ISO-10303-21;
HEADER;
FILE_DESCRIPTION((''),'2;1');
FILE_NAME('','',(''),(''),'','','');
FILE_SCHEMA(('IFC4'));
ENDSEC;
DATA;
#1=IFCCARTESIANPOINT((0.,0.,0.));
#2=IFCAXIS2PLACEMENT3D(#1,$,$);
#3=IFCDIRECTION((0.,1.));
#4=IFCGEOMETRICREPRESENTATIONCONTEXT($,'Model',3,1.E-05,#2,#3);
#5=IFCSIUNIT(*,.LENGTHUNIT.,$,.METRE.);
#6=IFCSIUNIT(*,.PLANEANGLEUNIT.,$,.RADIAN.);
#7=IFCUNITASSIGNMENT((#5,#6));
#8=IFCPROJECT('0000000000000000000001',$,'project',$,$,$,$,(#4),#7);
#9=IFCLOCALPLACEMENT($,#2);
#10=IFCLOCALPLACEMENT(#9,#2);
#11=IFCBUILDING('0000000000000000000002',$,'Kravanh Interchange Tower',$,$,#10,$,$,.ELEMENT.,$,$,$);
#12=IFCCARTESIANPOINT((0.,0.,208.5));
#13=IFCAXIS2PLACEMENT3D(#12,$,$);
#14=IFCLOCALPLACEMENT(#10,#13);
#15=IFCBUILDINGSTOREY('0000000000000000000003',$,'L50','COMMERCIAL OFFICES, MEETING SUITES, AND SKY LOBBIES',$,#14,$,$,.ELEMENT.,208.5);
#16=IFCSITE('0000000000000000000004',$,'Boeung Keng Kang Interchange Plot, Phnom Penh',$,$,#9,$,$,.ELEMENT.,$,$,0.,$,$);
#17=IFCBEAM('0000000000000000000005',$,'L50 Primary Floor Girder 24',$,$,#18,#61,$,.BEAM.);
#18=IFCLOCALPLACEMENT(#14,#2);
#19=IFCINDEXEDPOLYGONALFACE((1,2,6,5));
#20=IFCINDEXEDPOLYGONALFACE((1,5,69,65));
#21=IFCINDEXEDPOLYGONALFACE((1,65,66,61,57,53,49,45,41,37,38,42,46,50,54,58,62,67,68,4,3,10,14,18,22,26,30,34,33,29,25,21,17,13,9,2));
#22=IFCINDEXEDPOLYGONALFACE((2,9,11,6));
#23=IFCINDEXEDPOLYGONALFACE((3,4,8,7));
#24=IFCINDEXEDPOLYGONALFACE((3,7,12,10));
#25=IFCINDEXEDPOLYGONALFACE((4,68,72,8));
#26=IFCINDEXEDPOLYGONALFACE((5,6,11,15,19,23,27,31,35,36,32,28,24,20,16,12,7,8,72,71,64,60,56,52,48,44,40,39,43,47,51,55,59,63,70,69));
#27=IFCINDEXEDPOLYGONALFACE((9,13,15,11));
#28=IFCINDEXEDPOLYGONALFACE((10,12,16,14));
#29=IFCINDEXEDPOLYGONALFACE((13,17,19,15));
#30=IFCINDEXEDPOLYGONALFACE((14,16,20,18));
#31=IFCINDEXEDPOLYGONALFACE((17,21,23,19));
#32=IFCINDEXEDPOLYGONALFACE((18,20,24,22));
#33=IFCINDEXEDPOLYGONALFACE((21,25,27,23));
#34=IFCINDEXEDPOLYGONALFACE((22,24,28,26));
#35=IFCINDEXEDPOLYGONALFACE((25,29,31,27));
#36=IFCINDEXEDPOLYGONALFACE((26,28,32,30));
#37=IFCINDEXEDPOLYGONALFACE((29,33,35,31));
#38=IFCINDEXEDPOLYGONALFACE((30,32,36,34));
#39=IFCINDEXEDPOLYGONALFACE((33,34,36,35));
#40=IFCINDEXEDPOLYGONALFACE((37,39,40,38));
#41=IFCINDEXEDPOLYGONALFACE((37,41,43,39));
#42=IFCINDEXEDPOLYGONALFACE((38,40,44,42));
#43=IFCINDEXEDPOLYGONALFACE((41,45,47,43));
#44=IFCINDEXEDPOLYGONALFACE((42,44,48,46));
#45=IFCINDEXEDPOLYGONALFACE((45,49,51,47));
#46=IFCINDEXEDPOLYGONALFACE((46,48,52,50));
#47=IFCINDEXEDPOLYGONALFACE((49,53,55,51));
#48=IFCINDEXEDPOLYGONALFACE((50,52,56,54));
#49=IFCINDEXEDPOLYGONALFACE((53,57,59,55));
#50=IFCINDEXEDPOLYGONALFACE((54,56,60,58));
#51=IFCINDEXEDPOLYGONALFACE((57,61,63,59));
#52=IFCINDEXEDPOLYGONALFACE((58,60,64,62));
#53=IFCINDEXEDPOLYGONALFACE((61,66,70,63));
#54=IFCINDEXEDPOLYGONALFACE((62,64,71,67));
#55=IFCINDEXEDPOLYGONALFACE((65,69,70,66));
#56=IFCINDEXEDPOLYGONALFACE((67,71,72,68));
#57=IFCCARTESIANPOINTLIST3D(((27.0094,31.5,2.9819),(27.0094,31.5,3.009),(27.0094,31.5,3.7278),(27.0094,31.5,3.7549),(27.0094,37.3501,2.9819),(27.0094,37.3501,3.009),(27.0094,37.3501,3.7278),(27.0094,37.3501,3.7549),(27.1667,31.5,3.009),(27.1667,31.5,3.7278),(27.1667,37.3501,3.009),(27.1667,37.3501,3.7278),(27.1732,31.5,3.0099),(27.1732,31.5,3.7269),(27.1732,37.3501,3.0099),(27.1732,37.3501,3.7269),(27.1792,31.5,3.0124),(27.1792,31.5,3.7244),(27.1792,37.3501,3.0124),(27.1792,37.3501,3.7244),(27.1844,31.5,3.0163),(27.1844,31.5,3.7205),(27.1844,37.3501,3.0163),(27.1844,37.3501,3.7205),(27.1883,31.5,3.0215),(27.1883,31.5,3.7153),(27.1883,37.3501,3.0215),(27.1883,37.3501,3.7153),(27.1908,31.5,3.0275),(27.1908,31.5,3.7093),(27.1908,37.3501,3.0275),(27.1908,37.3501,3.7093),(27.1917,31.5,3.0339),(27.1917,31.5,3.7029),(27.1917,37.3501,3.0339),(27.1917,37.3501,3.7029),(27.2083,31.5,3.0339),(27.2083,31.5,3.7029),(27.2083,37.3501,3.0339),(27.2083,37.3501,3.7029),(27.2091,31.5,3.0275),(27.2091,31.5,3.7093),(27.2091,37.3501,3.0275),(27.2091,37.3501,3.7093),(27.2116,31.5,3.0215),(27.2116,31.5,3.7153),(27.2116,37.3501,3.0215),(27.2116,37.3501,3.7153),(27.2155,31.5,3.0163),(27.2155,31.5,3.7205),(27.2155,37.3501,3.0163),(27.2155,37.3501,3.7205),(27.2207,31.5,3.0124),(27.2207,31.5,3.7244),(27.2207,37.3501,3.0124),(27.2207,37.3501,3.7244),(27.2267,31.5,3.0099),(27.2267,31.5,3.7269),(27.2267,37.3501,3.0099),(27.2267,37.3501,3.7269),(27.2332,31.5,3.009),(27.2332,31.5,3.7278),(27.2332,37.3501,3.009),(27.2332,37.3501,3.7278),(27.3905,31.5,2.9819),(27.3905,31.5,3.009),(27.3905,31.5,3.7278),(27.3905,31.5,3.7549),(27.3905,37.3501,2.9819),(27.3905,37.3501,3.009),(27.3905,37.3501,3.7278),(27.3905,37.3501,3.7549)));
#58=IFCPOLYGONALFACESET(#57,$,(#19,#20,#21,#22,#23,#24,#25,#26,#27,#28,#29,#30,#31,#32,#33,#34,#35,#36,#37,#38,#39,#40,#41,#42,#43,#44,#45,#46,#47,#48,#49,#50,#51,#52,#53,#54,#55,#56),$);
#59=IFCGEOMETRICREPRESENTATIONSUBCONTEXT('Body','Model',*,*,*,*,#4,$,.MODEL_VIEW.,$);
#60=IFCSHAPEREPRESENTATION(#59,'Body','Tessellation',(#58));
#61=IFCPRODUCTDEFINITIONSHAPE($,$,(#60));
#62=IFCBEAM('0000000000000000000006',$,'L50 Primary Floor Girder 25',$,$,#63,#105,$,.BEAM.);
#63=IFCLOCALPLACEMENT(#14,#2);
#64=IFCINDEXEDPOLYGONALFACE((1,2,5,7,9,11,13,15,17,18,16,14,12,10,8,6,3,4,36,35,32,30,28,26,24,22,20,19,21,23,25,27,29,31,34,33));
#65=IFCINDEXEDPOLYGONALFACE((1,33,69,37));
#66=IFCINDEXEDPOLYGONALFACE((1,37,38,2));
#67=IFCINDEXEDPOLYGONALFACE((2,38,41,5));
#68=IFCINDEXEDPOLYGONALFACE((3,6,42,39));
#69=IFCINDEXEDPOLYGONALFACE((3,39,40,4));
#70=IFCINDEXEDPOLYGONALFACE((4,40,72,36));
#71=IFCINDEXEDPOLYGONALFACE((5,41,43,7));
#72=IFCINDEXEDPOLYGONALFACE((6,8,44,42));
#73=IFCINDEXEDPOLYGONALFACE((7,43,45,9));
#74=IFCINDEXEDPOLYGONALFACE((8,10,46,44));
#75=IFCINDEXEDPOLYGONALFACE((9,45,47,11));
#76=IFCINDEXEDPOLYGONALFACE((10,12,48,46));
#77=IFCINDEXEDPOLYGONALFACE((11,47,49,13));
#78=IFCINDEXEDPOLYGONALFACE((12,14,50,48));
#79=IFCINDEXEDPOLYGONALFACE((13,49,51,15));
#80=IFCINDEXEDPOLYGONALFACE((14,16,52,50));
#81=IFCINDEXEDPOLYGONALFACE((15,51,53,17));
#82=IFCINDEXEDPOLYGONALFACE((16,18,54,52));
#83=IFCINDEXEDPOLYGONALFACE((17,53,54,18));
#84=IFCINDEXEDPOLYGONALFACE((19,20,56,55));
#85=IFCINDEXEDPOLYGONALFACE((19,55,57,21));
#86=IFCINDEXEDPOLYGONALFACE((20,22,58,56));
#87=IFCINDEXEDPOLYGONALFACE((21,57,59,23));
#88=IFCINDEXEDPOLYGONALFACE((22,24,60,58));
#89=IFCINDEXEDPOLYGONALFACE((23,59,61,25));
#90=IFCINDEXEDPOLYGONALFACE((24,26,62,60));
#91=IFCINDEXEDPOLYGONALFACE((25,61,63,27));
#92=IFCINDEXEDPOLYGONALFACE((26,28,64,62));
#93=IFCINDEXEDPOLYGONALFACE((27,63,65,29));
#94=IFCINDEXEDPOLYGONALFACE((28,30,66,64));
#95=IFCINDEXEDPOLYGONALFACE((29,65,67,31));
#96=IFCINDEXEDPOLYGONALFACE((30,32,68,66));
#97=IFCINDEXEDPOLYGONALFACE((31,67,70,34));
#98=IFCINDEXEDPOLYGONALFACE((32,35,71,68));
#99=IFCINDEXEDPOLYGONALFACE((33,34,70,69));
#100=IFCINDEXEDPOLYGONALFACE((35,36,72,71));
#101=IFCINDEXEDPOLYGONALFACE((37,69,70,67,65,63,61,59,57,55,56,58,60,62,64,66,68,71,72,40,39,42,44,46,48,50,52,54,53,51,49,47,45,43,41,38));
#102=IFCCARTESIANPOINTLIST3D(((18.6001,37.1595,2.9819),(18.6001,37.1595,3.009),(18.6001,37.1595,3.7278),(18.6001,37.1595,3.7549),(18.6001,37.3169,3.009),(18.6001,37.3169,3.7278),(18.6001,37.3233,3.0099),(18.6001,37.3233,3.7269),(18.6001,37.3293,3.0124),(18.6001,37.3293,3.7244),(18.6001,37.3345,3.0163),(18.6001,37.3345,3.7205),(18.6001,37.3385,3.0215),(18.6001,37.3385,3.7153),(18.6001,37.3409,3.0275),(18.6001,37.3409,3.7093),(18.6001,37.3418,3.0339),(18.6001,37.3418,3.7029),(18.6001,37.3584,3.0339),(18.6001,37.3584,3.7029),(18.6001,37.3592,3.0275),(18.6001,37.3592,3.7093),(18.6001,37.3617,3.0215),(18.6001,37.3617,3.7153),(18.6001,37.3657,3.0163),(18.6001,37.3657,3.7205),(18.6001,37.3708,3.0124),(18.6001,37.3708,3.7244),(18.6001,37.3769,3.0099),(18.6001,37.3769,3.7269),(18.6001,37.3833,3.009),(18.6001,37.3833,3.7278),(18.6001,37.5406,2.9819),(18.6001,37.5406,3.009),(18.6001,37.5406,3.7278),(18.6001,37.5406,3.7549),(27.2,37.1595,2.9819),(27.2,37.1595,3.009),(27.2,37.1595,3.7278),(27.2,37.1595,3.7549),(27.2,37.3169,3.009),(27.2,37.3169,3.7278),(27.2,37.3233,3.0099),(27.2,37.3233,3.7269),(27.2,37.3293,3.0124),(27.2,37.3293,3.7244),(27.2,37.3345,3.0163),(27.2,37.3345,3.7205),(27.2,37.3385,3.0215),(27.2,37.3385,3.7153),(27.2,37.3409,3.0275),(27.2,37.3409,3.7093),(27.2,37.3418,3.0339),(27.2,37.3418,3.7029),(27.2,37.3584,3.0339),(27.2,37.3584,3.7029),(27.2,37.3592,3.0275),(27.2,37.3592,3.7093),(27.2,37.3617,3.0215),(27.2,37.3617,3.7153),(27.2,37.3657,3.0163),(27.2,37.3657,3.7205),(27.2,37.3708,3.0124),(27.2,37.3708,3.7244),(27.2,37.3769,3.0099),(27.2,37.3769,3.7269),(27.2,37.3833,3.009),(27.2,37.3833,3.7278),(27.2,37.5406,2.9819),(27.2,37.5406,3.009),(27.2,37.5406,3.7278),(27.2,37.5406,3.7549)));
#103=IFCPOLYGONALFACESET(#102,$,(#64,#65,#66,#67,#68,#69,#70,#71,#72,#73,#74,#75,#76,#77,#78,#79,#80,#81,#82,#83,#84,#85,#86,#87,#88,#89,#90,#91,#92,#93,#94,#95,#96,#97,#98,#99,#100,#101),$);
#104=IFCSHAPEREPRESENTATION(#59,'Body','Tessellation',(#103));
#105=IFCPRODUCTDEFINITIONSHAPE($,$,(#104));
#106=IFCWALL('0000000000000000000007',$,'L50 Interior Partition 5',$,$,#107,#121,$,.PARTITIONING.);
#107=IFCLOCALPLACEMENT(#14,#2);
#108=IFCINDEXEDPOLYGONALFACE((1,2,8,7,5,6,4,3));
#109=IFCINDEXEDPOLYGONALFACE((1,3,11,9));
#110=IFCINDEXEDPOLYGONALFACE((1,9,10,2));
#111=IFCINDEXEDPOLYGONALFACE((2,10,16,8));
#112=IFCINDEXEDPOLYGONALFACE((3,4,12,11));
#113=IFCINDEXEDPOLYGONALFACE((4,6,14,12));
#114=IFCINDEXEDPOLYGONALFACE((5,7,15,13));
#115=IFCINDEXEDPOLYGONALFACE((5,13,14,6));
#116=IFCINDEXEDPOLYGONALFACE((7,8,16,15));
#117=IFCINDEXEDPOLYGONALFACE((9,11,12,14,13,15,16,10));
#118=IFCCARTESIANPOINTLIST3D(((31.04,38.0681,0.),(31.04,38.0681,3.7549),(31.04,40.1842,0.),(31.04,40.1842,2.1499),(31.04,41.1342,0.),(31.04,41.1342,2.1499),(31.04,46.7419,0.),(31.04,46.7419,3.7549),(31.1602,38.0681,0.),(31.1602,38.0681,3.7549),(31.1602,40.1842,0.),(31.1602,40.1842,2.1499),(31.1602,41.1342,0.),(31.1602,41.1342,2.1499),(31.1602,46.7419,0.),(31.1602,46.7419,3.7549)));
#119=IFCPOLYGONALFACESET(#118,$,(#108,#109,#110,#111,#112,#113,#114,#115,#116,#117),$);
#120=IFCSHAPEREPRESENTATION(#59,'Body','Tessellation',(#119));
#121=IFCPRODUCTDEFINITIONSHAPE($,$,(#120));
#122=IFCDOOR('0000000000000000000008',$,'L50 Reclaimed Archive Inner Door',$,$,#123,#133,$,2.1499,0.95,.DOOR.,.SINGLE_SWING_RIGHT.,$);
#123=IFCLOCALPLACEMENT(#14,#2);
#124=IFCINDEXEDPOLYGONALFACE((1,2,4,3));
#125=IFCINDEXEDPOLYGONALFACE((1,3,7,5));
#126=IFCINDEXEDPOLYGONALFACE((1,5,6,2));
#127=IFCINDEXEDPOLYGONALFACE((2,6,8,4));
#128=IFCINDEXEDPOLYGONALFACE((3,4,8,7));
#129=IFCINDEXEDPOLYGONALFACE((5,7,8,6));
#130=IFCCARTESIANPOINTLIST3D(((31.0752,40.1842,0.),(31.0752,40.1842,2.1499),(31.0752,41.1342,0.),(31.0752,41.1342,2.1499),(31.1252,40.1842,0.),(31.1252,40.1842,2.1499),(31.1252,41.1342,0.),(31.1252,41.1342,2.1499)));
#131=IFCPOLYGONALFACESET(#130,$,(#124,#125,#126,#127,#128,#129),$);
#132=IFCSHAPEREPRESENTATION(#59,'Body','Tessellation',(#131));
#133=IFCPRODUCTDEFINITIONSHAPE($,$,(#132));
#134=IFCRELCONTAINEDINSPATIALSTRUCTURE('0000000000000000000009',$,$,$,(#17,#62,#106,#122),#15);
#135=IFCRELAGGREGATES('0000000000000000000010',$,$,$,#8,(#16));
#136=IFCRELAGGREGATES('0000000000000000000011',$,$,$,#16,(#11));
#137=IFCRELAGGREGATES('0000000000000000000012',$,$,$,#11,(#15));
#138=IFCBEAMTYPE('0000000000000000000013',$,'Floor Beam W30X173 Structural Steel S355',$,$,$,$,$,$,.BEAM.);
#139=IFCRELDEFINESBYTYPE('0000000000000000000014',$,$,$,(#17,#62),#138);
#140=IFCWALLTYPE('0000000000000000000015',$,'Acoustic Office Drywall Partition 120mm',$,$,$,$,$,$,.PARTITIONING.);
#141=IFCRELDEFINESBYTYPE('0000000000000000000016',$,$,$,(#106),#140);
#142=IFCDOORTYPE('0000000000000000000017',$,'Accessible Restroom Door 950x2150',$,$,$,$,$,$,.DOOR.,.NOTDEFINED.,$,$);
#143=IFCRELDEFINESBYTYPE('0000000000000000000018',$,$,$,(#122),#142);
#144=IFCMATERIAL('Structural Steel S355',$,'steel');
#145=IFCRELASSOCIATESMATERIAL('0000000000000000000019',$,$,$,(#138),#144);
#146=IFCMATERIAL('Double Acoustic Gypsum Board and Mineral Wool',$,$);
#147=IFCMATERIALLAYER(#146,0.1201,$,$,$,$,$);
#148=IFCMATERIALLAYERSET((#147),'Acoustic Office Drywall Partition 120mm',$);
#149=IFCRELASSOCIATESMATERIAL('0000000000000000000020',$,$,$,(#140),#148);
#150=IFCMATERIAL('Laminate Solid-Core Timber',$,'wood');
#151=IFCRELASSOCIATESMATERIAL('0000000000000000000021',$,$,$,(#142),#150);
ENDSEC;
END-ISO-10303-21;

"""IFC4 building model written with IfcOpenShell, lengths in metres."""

from ifc_helpers import new_model, si_unit, direction, frame, frame_2d, origin, origin_2d, place, context, subcontext, project, spatial, rectangle, i_section, extrude, material, layer, layer_set, material_profile, profile_set, type_object, element, fill, save


model = new_model("IFC4")

# Units and contexts
model_context = context("Model", 3, precision=1e-05, world=origin(), true_north=direction((0.0, 1.0)))
body_context = subcontext(model_context, "Body", "Model", "MODEL_VIEW")
ifc_project = project(units=[si_unit("LENGTHUNIT", "METRE"), si_unit("PLANEANGLEUNIT", "RADIAN")], contexts=[model_context])

# Site, building, storey
site_placement = place(None, origin())
site = spatial("IfcSite", under=ifc_project, at=site_placement, Name="Boeung Keng Kang Interchange Plot, Phnom Penh", CompositionType="ELEMENT", RefElevation=0.0)
building_placement = place(site_placement, origin())
building = spatial("IfcBuilding", under=site, at=building_placement, Name="Kravanh Interchange Tower", CompositionType="ELEMENT")
storey_placement = place(building_placement, frame((0.0, 0.0, 208.5)))
storey = spatial("IfcBuildingStorey", under=building, at=storey_placement, Name="L50", Description="COMMERCIAL OFFICES, MEETING SUITES, AND SKY LOBBIES", CompositionType="ELEMENT", Elevation=208.5)

# Beams
ifc_material_1 = material(Name="Structural Steel S355", Category="steel")
ifc_material_profile_1 = material_profile(ifc_material_1, i_section(OverallWidth=0.3811, OverallDepth=0.7729, WebThickness=0.0166, FlangeThickness=0.0271, FilletRadius=0.0249, at=origin_2d()), Name="W30X173")
ifc_profile_set_1 = profile_set([ifc_material_profile_1], Name="Structural Steel S355")
beam_type = type_object("IfcBeamType", Name="Floor Beam W30X173 Structural Steel S355", PredefinedType="BEAM", material=ifc_profile_set_1)
beam_1_placement = place(storey_placement, frame((27.2, 37.3501, 3.3684), z_axis=(0.0, -1.0, 0.0), x_axis=(1.0, 0.0, 0.0)))
element("IfcBeam", 1, at=beam_1_placement, inside=storey, type_object=beam_type, Name="L50 Primary Floor Girder 24", PredefinedType="BEAM", context=body_context, shape_type="SweptSolid", body=[
    extrude(i_section(OverallWidth=0.3811, OverallDepth=0.7729, WebThickness=0.0166, FlangeThickness=0.0271, FilletRadius=0.0249, at=origin_2d()), origin(), (0.0, 0.0, 1.0), 5.8501),
])
beam_2_placement = place(storey_placement, frame((27.2, 37.3501, 3.3684), z_axis=(-1.0, 0.0, 0.0), x_axis=(0.0, -1.0, 0.0)))
element("IfcBeam", 2, at=beam_2_placement, inside=storey, type_object=beam_type, Name="L50 Primary Floor Girder 25", PredefinedType="BEAM", context=body_context, shape_type="SweptSolid", body=[
    extrude(i_section(OverallWidth=0.3811, OverallDepth=0.7729, WebThickness=0.0166, FlangeThickness=0.0271, FilletRadius=0.0249, at=origin_2d()), origin(), (0.0, 0.0, 1.0), 8.5999),
])

# Wall, opening, door
ifc_material_2 = material(Name="Double Acoustic Gypsum Board and Mineral Wool")
ifc_layer_1 = layer(ifc_material_2, 0.1201)
ifc_layer_set_1 = layer_set([ifc_layer_1], Name="Acoustic Office Drywall Partition 120mm")
wall_type_1 = type_object("IfcWallType", Name="Acoustic Office Drywall Partition 120mm", PredefinedType="PARTITIONING", material=ifc_layer_set_1)
wall_1_placement = place(storey_placement, frame((31.1001, 38.0681, 0.0), z_axis=(0.0, 0.0, 1.0), x_axis=(0.0, 1.0, 0.0)))
wall_1 = element("IfcWall", 3, at=wall_1_placement, inside=storey, type_object=wall_type_1, Name="L50 Interior Partition 5", PredefinedType="PARTITIONING", context=body_context, shape_type="SweptSolid", body=[
    extrude(rectangle(XDim=8.6738, YDim=0.1201, at=frame_2d((4.3369, 0.0))), origin(), (0.0, 0.0, 1.0), 3.7549),
])
opening_1_placement = place(wall_1_placement, frame((2.116, 0.0, 0.0)))
opening_1 = element("IfcOpeningElement", 4, at=opening_1_placement, cuts=wall_1, PredefinedType="OPENING", context=body_context, shape_type="SweptSolid", body=[
    extrude(rectangle(XDim=0.95, YDim=2.1499, at=frame_2d((0.4751, 1.075))), frame((0.0, 0.0701, 0.0), z_axis=(0.0, -1.0, 0.0), x_axis=(1.0, 0.0, 0.0)), (0.0, 0.0, 1.0), 0.1401),
])
ifc_material_3 = material(Name="Laminate Solid-Core Timber", Category="wood")
door_type_1 = type_object("IfcDoorType", Name="Accessible Restroom Door 950x2150", OperationType="NOTDEFINED", PredefinedType="DOOR", material=ifc_material_3)
door_1_placement = place(opening_1_placement, origin())
door_1 = element("IfcDoor", 5, at=door_1_placement, inside=storey, type_object=door_type_1, Name="L50 Reclaimed Archive Inner Door", OperationType="SINGLE_SWING_RIGHT", OverallHeight=2.1499, OverallWidth=0.95, PredefinedType="DOOR", context=body_context, shape_type="SweptSolid", body=[
    extrude(rectangle(XDim=0.95, YDim=2.1499, at=frame_2d((0.4751, 1.075))), frame((0.0, 0.0249, 0.0), z_axis=(0.0, -1.0, 0.0), x_axis=(1.0, 0.0, 0.0)), (0.0, 0.0, 1.0), 0.05),
])
fill(opening_1, door_1)

save(model, "model.ifc")
